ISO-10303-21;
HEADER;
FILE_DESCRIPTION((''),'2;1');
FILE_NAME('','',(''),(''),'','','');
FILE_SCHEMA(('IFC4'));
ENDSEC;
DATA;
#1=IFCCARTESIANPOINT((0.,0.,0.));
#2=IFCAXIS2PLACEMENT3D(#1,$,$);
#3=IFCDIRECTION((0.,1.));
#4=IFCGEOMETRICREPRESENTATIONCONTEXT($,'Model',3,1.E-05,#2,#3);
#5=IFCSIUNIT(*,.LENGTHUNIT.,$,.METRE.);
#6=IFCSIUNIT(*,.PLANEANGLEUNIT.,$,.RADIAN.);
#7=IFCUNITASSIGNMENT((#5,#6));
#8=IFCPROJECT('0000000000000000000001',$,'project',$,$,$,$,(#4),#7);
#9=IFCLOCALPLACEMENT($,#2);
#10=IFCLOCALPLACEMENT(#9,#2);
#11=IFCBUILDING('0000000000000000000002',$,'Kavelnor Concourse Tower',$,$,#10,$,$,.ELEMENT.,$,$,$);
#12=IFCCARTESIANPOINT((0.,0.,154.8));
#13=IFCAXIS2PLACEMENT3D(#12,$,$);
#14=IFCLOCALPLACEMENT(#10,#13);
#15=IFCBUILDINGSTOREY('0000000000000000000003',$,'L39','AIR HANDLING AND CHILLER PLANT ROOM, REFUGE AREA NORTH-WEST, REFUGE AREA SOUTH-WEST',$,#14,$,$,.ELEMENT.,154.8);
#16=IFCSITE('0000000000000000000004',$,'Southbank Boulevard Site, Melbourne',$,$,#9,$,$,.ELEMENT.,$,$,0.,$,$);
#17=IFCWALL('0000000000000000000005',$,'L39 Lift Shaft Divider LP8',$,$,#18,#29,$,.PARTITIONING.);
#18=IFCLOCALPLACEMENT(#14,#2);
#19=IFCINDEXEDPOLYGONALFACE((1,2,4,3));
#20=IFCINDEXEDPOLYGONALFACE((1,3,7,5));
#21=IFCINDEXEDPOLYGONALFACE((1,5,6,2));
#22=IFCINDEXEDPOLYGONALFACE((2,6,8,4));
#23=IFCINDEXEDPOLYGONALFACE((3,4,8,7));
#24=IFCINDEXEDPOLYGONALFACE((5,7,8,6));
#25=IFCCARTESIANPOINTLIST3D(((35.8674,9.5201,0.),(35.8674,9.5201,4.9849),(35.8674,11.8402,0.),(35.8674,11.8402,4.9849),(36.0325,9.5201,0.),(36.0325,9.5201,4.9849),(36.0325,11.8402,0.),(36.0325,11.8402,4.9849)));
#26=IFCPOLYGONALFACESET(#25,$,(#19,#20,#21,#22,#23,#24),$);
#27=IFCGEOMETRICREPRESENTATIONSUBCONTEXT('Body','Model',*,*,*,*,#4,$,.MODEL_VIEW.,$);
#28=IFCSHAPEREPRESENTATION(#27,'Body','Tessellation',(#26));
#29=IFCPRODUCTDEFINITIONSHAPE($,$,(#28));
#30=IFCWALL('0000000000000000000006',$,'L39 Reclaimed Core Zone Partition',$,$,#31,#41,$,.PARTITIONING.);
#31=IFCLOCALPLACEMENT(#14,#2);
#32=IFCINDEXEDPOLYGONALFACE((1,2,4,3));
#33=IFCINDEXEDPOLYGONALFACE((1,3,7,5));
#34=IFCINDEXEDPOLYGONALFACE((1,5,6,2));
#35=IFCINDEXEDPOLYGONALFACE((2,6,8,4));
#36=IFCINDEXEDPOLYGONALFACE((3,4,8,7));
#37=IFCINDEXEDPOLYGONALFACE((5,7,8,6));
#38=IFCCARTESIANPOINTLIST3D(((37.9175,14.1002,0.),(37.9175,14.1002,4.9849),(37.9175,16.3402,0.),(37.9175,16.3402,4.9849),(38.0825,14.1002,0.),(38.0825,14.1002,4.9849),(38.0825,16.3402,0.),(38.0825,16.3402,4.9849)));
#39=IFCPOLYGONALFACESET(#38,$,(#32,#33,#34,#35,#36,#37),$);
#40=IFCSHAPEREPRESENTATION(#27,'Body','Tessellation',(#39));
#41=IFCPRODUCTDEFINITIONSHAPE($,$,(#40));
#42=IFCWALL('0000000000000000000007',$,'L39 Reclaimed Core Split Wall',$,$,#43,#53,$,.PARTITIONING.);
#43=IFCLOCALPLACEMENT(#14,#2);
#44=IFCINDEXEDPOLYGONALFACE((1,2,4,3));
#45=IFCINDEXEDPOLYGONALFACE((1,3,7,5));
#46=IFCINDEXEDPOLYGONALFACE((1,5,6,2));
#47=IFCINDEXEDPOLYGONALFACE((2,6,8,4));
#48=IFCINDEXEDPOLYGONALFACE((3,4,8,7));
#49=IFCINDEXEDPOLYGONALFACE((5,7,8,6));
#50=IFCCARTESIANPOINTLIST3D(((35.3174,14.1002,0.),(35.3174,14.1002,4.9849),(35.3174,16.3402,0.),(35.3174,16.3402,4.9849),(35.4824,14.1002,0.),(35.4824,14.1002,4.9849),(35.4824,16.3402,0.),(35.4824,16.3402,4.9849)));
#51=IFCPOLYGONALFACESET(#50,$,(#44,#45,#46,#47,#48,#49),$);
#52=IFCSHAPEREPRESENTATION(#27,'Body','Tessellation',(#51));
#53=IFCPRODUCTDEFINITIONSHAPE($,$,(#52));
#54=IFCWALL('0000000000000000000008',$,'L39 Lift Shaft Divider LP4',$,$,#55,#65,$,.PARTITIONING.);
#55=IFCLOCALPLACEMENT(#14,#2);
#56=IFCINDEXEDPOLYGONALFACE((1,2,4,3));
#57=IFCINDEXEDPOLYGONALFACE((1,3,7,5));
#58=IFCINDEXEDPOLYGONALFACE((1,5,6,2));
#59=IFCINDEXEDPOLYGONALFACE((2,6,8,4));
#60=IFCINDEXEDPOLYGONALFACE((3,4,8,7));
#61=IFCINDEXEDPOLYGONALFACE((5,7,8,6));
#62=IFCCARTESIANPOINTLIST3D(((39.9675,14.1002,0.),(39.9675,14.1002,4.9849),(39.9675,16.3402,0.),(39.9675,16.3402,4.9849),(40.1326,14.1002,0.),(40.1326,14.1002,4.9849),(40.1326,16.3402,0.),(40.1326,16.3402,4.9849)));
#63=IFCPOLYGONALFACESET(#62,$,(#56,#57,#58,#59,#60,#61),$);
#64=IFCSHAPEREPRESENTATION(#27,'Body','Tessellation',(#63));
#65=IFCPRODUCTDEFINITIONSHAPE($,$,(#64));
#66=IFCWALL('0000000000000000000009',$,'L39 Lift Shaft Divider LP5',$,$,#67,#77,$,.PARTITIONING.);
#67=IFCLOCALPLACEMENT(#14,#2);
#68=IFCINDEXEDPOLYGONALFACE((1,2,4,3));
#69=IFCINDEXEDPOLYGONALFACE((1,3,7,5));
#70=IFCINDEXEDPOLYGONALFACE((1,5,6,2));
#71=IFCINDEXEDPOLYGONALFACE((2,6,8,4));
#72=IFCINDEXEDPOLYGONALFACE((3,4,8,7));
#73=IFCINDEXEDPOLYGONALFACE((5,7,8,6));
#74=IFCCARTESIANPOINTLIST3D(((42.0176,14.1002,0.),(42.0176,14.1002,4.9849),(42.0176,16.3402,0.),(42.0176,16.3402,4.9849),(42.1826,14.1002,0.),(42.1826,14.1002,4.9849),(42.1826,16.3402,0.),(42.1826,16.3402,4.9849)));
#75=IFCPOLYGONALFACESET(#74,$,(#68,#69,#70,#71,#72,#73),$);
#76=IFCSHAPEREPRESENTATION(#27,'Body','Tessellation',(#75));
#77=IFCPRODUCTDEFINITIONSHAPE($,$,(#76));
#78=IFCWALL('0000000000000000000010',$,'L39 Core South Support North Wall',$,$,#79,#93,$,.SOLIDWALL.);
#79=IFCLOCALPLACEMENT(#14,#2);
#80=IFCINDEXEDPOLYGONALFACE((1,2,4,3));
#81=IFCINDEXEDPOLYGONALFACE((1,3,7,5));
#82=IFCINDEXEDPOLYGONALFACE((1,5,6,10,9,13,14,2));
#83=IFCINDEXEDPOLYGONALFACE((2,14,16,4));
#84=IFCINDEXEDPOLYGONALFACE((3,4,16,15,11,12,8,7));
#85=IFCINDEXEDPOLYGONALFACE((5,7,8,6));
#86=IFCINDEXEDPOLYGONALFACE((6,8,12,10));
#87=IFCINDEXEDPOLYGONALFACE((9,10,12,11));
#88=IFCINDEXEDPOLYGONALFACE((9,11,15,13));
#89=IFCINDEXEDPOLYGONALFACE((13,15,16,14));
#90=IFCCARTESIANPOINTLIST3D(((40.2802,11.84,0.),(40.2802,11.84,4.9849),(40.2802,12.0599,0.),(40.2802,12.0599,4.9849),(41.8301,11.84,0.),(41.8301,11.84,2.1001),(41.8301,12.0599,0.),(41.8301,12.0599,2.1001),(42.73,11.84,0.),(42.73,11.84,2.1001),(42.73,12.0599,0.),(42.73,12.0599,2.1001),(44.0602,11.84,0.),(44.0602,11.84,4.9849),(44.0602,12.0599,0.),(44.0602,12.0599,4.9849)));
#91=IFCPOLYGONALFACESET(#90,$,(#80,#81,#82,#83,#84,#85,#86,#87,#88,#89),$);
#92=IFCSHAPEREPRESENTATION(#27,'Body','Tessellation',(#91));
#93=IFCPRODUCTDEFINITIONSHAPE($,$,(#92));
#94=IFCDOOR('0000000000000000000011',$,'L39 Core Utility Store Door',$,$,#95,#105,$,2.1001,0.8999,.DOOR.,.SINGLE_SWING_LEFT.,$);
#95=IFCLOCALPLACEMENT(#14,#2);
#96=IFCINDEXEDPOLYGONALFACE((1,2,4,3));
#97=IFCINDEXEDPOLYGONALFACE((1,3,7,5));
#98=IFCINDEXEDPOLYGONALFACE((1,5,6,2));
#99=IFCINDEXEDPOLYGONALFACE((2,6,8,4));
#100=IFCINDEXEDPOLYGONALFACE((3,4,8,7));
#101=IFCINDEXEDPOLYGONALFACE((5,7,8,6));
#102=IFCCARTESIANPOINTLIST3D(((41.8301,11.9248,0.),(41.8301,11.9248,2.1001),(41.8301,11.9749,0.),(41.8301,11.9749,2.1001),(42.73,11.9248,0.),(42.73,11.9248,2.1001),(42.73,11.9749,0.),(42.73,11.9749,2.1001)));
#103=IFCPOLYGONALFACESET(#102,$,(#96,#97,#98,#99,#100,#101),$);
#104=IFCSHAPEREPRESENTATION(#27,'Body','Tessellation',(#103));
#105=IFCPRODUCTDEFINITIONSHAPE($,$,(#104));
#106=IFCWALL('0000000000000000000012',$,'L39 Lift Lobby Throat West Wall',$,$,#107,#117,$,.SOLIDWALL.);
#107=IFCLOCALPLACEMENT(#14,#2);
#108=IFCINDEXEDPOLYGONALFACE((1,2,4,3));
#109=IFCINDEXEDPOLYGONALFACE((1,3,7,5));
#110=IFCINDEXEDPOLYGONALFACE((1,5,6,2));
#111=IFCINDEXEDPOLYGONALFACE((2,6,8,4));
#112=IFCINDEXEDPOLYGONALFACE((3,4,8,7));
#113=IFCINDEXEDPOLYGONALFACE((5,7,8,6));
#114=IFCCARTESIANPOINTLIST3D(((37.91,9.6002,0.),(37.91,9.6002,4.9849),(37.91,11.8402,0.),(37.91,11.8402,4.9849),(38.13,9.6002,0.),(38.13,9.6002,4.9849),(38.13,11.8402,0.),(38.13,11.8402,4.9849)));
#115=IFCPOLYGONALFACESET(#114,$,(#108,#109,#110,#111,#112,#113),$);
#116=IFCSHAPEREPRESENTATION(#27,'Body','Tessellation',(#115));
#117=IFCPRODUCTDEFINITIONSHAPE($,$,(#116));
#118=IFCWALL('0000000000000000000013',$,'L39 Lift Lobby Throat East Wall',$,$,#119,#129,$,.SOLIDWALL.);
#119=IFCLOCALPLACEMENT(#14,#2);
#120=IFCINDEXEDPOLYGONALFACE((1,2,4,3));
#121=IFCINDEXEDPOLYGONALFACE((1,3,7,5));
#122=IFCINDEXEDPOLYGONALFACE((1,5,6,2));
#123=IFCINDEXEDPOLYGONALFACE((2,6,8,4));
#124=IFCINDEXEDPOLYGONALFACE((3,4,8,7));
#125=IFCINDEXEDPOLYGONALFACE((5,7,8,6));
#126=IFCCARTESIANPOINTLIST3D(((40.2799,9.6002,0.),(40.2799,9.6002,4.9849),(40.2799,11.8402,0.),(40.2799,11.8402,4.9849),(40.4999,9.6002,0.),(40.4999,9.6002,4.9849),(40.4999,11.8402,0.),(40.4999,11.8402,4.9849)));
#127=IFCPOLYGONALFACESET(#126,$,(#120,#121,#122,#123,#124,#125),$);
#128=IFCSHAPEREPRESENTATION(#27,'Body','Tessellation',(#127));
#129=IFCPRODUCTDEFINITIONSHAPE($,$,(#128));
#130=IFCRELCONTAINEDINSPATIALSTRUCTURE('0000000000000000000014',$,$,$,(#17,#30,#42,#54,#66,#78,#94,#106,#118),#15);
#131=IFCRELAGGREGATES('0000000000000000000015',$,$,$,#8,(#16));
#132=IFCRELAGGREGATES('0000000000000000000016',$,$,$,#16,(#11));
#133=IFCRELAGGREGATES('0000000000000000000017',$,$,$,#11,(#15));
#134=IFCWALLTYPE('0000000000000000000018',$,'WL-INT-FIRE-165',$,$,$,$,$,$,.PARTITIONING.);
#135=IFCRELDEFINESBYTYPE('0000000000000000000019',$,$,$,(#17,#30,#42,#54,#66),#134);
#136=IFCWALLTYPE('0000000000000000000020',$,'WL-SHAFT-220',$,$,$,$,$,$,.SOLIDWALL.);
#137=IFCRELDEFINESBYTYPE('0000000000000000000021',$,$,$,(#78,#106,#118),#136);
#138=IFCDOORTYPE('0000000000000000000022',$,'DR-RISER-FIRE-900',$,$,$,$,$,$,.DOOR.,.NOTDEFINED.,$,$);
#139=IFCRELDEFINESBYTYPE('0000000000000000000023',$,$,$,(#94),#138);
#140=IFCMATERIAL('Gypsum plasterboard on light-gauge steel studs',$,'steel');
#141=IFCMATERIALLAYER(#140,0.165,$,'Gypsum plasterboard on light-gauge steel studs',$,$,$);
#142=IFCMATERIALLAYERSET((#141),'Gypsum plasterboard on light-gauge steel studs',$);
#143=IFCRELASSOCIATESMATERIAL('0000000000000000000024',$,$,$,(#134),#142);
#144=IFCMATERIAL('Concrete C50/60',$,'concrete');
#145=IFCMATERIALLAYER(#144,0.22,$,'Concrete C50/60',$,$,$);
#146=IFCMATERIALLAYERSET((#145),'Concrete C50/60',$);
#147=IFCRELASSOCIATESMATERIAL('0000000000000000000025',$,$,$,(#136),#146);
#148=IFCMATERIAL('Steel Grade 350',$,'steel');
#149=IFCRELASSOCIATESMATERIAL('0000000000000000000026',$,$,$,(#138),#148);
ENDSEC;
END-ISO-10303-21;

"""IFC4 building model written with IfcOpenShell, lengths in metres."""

from ifc_helpers import new_model, si_unit, direction, frame, frame_2d, origin, place, context, subcontext, project, spatial, rectangle, extrude, material, layer, layer_set, type_object, element, fill, save


model = new_model("IFC4")

# Units and contexts
model_context = context("Model", 3, precision=1e-05, world=origin(), true_north=direction((0.0, 1.0)))
body_context = subcontext(model_context, "Body", "Model", "MODEL_VIEW")
ifc_project = project(units=[si_unit("LENGTHUNIT", "METRE"), si_unit("PLANEANGLEUNIT", "RADIAN")], contexts=[model_context])

# Site, building, storey
site_placement = place(None, origin())
site = spatial("IfcSite", under=ifc_project, at=site_placement, Name="Southbank Boulevard Site, Melbourne", CompositionType="ELEMENT", RefElevation=0.0)
building_placement = place(site_placement, origin())
building = spatial("IfcBuilding", under=site, at=building_placement, Name="Kavelnor Concourse Tower", CompositionType="ELEMENT")
storey_placement = place(building_placement, frame((0.0, 0.0, 154.8)))
storey = spatial("IfcBuildingStorey", under=building, at=storey_placement, Name="L39", Description="AIR HANDLING AND CHILLER PLANT ROOM, REFUGE AREA NORTH-WEST, REFUGE AREA SOUTH-WEST", CompositionType="ELEMENT", Elevation=154.8)

# Shared definitions
ifc_material_1 = material(Name="Steel Grade 350", Category="steel")

# Walls
ifc_material_2 = material(Name="Gypsum plasterboard on light-gauge steel studs", Category="steel")
ifc_layer_1 = layer(ifc_material_2, 0.165, Name="Gypsum plasterboard on light-gauge steel studs")
ifc_layer_set_1 = layer_set([ifc_layer_1], Name="Gypsum plasterboard on light-gauge steel studs")
wall_type_1 = type_object("IfcWallType", Name="WL-INT-FIRE-165", PredefinedType="PARTITIONING", material=ifc_layer_set_1)
wall_1_placement = place(storey_placement, frame((35.95, 9.52, 0.0), z_axis=(0.0, 0.0, 1.0), x_axis=(0.0, 1.0, 0.0)))
element("IfcWall", 1, at=wall_1_placement, inside=storey, type_object=wall_type_1, Name="L39 Lift Shaft Divider LP8", PredefinedType="PARTITIONING", context=body_context, shape_type="SweptSolid", body=[
    extrude(rectangle(XDim=2.3201, YDim=0.165, at=frame_2d((1.1602, 0.0))), origin(), (0.0, 0.0, 1.0), 4.9849),
])
for number, where, z_axis, x_axis, name in (
    (2, (38.0, 14.1001, 0.0), (0.0, 0.0, 1.0), (0.0, 1.0, 0.0), "L39 Reclaimed Core Zone Partition"),
    (3, (35.3999, 14.1001, 0.0), (0.0, 0.0, 1.0), (0.0, 1.0, 0.0), "L39 Reclaimed Core Split Wall"),
    (4, (40.05, 14.1001, 0.0), (0.0, 0.0, 1.0), (0.0, 1.0, 0.0), "L39 Lift Shaft Divider LP4"),
    (5, (42.1001, 14.1001, 0.0), (0.0, 0.0, 1.0), (0.0, 1.0, 0.0), "L39 Lift Shaft Divider LP5"),
):
    element("IfcWall", number, at=place(storey_placement, frame(where, z_axis=z_axis, x_axis=x_axis)), inside=storey, type_object=wall_type_1, Name=name, PredefinedType="PARTITIONING", context=body_context, shape_type="SweptSolid", body=[
        extrude(rectangle(XDim=2.24, YDim=0.165, at=frame_2d((1.1201, 0.0))), origin(), (0.0, 0.0, 1.0), 4.9849),
    ])

# Wall, opening, door
ifc_material_3 = material(Name="Concrete C50/60", Category="concrete")
ifc_layer_2 = layer(ifc_material_3, 0.22, Name="Concrete C50/60")
ifc_layer_set_2 = layer_set([ifc_layer_2], Name="Concrete C50/60")
wall_type_2 = type_object("IfcWallType", Name="WL-SHAFT-220", PredefinedType="SOLIDWALL", material=ifc_layer_set_2)
wall_2_placement = place(storey_placement, frame((40.28, 11.95, 0.0), z_axis=(0.0, 0.0, 1.0), x_axis=(1.0, 0.0, 0.0)))
wall_2 = element("IfcWall", 6, at=wall_2_placement, inside=storey, type_object=wall_type_2, Name="L39 Core South Support North Wall", PredefinedType="SOLIDWALL", context=body_context, shape_type="SweptSolid", body=[
    extrude(rectangle(XDim=3.78, YDim=0.22, at=frame_2d((1.8901, 0.0))), origin(), (0.0, 0.0, 1.0), 4.9849),
])
opening_placement = place(wall_2_placement, frame((1.55, 0.0, 0.0)))
opening = element("IfcOpeningElement", 7, at=opening_placement, cuts=wall_2, PredefinedType="OPENING", context=body_context, shape_type="SweptSolid", body=[
    extrude(rectangle(XDim=0.8999, YDim=2.1001, at=frame_2d((0.45, 1.05))), frame((0.0, 0.1201, 0.0), z_axis=(0.0, -1.0, 0.0), x_axis=(1.0, 0.0, 0.0)), (0.0, 0.0, 1.0), 0.24),
])
door_type = type_object("IfcDoorType", Name="DR-RISER-FIRE-900", OperationType="NOTDEFINED", PredefinedType="DOOR", material=ifc_material_1)
door_placement = place(opening_placement, origin())
door = element("IfcDoor", 8, at=door_placement, inside=storey, type_object=door_type, Name="L39 Core Utility Store Door", OperationType="SINGLE_SWING_LEFT", OverallHeight=2.1001, OverallWidth=0.8999, PredefinedType="DOOR", context=body_context, shape_type="SweptSolid", body=[
    extrude(rectangle(XDim=0.8999, YDim=2.1001, at=frame_2d((0.45, 1.05))), frame((0.0, 0.0249, 0.0), z_axis=(0.0, -1.0, 0.0), x_axis=(1.0, 0.0, 0.0)), (0.0, 0.0, 1.0), 0.05),
])
fill(opening, door)

# Walls
for number, where, z_axis, x_axis, name in (
    (9, (38.02, 9.6001, 0.0), (0.0, 0.0, 1.0), (0.0, 1.0, 0.0), "L39 Lift Lobby Throat West Wall"),
    (10, (40.3899, 9.6001, 0.0), (0.0, 0.0, 1.0), (0.0, 1.0, 0.0), "L39 Lift Lobby Throat East Wall"),
):
    element("IfcWall", number, at=place(storey_placement, frame(where, z_axis=z_axis, x_axis=x_axis)), inside=storey, type_object=wall_type_2, Name=name, PredefinedType="SOLIDWALL", context=body_context, shape_type="SweptSolid", body=[
        extrude(rectangle(XDim=2.24, YDim=0.22, at=frame_2d((1.1201, 0.0))), origin(), (0.0, 0.0, 1.0), 4.9849),
    ])

save(model, "model.ifc")
